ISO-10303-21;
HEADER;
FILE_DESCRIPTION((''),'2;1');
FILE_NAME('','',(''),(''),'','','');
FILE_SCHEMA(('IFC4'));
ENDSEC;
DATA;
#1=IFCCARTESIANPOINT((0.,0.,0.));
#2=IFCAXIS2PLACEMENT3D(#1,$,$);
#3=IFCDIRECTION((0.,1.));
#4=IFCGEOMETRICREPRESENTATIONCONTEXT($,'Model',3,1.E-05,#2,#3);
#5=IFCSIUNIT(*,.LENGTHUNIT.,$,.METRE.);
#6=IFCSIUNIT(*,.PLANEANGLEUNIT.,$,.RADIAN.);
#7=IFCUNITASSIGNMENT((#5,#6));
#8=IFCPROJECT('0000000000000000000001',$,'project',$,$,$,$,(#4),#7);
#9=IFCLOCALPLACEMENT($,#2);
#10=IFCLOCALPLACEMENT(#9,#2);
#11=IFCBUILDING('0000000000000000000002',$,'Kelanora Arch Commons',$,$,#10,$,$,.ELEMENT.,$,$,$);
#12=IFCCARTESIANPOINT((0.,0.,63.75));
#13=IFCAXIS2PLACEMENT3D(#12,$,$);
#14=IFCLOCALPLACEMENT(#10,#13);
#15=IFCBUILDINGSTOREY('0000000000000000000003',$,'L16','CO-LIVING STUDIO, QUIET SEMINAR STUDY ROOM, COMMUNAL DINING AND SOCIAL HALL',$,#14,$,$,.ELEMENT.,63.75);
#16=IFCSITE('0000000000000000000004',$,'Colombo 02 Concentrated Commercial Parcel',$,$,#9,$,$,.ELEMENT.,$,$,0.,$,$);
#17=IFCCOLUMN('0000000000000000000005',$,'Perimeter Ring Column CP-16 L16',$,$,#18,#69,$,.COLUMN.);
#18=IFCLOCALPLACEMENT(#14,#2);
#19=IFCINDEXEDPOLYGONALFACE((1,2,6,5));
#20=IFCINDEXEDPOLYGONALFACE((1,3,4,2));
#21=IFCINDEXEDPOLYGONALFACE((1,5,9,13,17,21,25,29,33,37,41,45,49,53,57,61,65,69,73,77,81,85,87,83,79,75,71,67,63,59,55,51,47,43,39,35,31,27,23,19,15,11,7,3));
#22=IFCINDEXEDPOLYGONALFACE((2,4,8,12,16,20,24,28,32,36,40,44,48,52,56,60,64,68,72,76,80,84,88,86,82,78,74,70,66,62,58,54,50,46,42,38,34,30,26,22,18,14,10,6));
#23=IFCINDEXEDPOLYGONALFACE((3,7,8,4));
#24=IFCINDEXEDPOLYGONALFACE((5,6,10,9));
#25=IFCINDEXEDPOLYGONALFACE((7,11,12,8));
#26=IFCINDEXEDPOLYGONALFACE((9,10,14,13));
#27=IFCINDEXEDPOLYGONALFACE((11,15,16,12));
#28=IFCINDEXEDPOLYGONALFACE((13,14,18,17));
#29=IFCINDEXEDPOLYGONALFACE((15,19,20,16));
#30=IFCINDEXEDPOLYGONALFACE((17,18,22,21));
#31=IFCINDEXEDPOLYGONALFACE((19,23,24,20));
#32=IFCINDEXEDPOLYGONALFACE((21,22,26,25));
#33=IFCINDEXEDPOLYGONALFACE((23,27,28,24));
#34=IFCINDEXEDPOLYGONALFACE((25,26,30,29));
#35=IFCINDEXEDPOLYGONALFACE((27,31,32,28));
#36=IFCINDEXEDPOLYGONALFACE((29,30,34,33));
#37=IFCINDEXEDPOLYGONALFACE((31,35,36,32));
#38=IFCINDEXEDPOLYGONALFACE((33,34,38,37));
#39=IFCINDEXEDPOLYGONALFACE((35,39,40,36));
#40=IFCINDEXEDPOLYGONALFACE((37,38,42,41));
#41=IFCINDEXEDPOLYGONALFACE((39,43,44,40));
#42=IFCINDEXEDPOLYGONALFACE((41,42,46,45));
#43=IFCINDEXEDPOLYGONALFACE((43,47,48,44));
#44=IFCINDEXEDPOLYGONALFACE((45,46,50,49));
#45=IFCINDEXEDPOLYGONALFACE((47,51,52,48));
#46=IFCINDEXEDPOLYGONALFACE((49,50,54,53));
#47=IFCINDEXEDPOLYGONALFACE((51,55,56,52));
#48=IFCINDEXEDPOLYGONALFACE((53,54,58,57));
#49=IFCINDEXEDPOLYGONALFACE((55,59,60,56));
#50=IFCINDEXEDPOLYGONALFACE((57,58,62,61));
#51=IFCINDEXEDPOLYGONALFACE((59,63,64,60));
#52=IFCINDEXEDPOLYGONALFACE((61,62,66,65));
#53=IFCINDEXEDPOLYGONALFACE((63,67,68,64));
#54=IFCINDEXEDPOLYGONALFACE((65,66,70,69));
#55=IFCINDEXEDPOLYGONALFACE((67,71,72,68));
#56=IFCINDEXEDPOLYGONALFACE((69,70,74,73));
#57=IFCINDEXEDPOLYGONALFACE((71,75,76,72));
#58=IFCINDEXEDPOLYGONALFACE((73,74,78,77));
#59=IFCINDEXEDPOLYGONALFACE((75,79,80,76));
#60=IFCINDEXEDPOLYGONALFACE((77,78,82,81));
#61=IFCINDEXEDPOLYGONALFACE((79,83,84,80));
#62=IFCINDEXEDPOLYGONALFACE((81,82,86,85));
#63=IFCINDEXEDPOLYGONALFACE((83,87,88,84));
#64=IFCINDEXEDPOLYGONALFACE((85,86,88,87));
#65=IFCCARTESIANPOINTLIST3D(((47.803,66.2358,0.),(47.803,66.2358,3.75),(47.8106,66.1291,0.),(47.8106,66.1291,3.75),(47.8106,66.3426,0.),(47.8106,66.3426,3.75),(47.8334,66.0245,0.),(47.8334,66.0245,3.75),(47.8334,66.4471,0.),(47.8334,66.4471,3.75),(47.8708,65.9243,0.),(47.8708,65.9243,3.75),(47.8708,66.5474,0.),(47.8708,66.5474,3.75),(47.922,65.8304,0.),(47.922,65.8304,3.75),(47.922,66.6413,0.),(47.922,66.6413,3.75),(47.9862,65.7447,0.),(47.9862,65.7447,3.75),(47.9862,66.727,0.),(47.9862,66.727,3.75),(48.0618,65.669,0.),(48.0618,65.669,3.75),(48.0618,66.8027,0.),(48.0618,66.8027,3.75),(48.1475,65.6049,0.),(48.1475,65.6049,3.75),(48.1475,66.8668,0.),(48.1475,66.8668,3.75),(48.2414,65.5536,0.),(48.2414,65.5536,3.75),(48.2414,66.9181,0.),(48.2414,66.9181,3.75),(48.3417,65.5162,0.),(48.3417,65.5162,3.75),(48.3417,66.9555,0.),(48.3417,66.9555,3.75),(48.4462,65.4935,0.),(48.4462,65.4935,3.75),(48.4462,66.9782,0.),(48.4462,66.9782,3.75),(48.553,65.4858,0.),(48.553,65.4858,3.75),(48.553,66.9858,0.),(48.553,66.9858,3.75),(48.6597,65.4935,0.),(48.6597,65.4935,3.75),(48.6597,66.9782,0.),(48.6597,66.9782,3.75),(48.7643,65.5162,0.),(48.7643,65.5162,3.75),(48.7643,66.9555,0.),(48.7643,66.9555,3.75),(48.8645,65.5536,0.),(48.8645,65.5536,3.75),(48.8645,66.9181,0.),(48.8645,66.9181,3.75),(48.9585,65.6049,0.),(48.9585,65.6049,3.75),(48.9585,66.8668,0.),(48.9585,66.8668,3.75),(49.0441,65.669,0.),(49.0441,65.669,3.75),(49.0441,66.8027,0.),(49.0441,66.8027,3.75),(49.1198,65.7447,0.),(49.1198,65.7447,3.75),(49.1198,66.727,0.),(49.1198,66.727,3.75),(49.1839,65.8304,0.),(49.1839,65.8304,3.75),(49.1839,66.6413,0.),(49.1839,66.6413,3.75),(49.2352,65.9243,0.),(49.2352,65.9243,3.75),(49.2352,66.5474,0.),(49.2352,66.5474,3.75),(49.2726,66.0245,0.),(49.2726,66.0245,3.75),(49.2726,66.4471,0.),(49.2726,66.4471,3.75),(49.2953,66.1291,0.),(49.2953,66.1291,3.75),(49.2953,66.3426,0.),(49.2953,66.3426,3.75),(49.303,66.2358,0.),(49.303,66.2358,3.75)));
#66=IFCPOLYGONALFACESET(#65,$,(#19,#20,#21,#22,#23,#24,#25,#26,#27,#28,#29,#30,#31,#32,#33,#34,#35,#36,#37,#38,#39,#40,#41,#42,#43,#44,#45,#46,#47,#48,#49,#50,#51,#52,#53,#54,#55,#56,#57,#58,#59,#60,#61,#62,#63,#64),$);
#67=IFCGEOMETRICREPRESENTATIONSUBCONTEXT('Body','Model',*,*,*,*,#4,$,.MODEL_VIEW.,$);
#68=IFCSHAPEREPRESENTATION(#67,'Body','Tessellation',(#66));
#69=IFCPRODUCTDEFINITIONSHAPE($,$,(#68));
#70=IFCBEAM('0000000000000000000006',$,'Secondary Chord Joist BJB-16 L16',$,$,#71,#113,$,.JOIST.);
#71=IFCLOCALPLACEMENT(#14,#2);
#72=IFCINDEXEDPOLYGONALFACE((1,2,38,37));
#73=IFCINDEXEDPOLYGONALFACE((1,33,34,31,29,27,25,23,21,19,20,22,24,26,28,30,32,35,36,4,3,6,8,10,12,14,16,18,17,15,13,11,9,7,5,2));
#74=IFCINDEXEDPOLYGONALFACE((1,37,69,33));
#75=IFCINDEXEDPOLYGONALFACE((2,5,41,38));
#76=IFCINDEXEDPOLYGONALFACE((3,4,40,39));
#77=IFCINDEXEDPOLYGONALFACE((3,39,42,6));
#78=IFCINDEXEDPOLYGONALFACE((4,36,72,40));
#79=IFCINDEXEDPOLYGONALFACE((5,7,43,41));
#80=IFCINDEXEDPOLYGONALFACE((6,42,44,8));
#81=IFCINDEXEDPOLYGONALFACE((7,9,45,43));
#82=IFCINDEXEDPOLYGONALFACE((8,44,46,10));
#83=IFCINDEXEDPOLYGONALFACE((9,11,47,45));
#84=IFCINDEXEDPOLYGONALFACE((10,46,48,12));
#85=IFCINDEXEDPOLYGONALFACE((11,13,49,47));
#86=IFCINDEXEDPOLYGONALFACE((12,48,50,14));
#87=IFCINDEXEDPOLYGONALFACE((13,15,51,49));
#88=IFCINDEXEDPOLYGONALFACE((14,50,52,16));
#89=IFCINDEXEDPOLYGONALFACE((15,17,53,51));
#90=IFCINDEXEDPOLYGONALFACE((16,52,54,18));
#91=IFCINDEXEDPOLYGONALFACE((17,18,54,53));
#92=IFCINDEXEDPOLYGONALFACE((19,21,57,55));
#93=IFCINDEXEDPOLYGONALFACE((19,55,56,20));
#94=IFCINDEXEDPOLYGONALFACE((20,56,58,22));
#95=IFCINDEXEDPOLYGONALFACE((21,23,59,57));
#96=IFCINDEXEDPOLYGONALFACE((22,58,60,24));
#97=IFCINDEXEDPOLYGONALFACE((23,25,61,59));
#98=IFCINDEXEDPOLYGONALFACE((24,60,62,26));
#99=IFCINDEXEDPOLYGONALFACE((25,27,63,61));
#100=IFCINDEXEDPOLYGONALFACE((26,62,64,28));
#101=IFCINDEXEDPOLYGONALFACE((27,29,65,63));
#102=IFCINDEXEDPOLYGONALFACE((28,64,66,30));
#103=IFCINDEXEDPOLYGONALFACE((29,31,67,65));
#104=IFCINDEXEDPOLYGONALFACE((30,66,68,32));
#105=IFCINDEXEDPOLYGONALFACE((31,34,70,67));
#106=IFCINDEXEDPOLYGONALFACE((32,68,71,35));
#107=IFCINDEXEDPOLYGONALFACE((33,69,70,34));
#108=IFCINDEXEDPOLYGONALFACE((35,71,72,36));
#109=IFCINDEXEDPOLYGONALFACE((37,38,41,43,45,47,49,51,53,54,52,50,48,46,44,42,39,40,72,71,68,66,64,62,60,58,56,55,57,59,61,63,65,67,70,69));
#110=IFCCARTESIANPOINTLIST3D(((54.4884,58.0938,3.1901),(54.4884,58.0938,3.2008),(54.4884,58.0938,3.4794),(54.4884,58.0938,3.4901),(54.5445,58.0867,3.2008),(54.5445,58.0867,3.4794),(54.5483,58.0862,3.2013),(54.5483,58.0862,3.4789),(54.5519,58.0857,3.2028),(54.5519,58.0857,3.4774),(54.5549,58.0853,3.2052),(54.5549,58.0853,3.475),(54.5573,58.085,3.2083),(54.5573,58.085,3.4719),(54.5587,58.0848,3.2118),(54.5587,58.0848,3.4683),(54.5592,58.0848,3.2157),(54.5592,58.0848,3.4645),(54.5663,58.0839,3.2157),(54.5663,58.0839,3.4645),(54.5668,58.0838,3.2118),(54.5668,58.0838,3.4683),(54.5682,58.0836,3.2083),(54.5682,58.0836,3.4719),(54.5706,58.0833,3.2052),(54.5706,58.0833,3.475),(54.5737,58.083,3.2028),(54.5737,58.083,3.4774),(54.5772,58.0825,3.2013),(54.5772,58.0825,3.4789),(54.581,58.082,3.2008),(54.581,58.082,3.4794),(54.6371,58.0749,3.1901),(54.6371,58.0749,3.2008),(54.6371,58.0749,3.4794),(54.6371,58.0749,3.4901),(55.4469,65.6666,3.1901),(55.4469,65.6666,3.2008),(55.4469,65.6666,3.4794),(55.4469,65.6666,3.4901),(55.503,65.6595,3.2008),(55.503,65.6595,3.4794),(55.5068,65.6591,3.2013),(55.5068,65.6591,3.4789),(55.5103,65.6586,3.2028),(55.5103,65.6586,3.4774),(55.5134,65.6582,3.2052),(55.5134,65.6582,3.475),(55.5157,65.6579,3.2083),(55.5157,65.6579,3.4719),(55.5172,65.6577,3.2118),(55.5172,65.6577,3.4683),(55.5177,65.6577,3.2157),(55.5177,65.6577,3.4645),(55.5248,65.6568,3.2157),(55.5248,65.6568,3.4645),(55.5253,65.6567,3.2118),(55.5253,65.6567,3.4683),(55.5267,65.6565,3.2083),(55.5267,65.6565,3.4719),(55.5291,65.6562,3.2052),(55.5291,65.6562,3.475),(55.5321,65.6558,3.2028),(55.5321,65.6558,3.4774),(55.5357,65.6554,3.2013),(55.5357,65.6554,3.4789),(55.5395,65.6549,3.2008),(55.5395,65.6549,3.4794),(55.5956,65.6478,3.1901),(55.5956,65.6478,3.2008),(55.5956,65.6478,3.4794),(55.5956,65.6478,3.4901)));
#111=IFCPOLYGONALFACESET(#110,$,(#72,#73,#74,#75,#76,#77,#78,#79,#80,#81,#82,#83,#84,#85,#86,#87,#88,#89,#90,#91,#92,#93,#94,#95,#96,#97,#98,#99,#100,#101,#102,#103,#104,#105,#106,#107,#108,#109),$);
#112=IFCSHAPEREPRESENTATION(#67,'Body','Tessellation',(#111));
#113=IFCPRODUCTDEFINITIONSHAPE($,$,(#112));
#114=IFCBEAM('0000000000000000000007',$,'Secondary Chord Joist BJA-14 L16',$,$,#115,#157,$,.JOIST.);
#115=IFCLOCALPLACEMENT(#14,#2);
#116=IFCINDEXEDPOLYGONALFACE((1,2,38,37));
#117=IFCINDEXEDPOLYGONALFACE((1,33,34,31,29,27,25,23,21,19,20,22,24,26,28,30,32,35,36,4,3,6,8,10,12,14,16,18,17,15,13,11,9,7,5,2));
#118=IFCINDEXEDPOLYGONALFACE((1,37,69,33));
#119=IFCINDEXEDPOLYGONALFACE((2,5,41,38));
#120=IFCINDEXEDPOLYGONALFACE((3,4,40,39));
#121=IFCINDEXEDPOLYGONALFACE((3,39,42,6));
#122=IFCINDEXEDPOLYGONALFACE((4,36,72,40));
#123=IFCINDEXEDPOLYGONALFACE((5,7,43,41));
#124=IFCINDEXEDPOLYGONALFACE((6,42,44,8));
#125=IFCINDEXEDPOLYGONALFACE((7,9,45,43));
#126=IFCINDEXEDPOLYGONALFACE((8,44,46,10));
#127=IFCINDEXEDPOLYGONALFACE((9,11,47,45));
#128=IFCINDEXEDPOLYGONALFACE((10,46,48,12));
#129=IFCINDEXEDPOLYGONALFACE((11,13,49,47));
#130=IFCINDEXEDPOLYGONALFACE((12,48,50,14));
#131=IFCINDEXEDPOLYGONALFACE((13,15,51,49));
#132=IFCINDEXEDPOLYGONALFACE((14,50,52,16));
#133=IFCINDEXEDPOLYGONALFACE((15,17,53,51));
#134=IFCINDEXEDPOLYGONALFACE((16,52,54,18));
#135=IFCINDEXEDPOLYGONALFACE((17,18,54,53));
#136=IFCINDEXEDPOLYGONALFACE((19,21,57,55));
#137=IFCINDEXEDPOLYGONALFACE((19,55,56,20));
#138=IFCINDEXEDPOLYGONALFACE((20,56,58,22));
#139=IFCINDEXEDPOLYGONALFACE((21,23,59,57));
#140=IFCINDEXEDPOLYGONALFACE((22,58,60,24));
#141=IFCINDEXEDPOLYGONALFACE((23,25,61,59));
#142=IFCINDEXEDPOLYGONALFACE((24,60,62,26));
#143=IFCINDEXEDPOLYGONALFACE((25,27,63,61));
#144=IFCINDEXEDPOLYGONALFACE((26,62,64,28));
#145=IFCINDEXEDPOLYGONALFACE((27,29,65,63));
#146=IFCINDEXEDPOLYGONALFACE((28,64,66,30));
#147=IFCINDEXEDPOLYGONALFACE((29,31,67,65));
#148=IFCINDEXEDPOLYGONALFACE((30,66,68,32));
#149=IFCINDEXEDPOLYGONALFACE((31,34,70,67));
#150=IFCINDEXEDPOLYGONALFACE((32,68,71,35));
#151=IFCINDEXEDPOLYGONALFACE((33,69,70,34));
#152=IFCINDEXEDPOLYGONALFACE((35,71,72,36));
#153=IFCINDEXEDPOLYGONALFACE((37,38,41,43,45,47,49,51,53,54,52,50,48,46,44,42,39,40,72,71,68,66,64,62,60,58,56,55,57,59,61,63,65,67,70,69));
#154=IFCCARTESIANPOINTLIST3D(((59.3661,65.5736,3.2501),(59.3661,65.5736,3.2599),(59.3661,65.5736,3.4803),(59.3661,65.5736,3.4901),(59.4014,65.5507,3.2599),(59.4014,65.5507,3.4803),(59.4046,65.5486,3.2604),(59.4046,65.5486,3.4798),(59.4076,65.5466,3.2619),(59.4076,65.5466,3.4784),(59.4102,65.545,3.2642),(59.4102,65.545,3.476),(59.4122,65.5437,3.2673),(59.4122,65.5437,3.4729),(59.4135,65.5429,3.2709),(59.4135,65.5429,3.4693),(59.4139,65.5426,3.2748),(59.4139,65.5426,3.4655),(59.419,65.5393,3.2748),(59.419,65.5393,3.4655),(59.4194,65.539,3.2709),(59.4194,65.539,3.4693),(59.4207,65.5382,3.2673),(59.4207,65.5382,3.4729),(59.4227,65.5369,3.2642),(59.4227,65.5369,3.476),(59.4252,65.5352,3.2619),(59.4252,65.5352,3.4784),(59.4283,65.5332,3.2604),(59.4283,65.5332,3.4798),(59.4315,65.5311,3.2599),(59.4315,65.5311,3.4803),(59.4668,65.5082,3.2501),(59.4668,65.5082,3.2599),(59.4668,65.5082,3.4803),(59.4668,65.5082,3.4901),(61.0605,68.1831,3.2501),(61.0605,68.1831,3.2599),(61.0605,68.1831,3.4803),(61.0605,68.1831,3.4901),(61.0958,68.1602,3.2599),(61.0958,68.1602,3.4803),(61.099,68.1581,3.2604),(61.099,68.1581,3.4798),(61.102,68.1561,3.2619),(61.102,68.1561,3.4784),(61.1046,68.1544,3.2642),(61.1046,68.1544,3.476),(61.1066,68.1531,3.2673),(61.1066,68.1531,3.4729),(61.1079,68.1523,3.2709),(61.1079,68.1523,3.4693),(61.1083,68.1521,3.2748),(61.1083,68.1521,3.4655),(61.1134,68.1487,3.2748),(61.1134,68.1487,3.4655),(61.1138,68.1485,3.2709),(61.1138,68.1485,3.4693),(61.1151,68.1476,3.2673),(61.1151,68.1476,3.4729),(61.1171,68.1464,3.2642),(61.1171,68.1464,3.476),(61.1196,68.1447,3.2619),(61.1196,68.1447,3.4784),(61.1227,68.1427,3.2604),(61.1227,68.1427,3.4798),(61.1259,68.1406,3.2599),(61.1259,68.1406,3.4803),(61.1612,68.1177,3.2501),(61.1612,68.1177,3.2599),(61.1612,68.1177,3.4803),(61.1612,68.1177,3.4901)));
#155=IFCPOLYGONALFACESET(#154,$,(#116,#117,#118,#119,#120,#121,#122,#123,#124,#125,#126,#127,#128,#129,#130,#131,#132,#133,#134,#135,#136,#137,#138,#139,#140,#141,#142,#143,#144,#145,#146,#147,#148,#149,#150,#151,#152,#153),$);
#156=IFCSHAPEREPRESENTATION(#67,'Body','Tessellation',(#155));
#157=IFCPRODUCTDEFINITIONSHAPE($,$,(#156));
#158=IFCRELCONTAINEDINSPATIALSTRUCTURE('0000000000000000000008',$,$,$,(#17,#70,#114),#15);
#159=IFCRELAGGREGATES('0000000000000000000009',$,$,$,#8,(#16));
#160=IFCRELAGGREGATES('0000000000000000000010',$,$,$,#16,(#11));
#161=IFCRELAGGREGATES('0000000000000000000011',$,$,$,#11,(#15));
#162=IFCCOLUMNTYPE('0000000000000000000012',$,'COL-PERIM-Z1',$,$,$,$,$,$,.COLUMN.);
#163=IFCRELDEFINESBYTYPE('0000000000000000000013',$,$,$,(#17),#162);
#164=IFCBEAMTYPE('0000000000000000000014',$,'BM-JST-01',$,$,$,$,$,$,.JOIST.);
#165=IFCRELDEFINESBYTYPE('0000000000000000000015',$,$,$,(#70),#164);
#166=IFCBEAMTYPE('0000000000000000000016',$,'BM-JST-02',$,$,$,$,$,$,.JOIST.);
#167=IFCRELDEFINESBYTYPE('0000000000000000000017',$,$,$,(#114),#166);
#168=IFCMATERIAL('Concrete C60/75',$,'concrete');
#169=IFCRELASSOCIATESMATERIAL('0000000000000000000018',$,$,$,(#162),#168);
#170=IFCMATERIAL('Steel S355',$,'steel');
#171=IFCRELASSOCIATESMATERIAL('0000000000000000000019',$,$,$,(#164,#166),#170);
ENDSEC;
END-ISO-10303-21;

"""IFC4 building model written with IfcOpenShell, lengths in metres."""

from ifc_helpers import new_model, si_unit, direction, frame, origin, origin_2d, place, context, subcontext, project, spatial, circle, i_section, extrude, material, material_profile, profile_set, type_object, element, save


model = new_model("IFC4")

# Units and contexts
model_context = context("Model", 3, precision=1e-05, world=origin(), true_north=direction((0.0, 1.0)))
body_context = subcontext(model_context, "Body", "Model", "MODEL_VIEW")
ifc_project = project(units=[si_unit("LENGTHUNIT", "METRE"), si_unit("PLANEANGLEUNIT", "RADIAN")], contexts=[model_context])

# Site, building, storey
site_placement = place(None, origin())
site = spatial("IfcSite", under=ifc_project, at=site_placement, Name="Colombo 02 Concentrated Commercial Parcel", CompositionType="ELEMENT", RefElevation=0.0)
building_placement = place(site_placement, origin())
building = spatial("IfcBuilding", under=site, at=building_placement, Name="Kelanora Arch Commons", CompositionType="ELEMENT")
storey_placement = place(building_placement, frame((0.0, 0.0, 63.75)))
storey = spatial("IfcBuildingStorey", under=building, at=storey_placement, Name="L16", Description="CO-LIVING STUDIO, QUIET SEMINAR STUDY ROOM, COMMUNAL DINING AND SOCIAL HALL", CompositionType="ELEMENT", Elevation=63.75)

# Column
ifc_material_1 = material(Name="Concrete C60/75", Category="concrete")
ifc_material_profile_1 = material_profile(ifc_material_1, circle(Radius=0.75, at=origin_2d()), Name="RCC1500")
ifc_profile_set_1 = profile_set([ifc_material_profile_1], Name="Concrete C60/75")
column_type = type_object("IfcColumnType", Name="COL-PERIM-Z1", PredefinedType="COLUMN", material=ifc_profile_set_1)
column_placement = place(storey_placement, frame((48.553, 66.2358, 0.0), z_axis=(0.0, 0.0, 1.0), x_axis=(1.0, 0.0, 0.0)))
element("IfcColumn", 1, at=column_placement, inside=storey, type_object=column_type, Name="Perimeter Ring Column CP-16 L16", PredefinedType="COLUMN", context=body_context, shape_type="SweptSolid", body=[
    extrude(circle(Radius=0.75, at=origin_2d()), origin(), (0.0, 0.0, 1.0), 3.75),
])

# Beams
ifc_material_2 = material(Name="Steel S355", Category="steel")
ifc_material_profile_2 = material_profile(ifc_material_2, i_section(OverallWidth=0.1499, OverallDepth=0.3, WebThickness=0.0071, FlangeThickness=0.0107, FilletRadius=0.0149, at=origin_2d()), Name="IPE300")
ifc_profile_set_2 = profile_set([ifc_material_profile_2], Name="Steel S355")
beam_type_1 = type_object("IfcBeamType", Name="BM-JST-01", PredefinedType="JOIST", material=ifc_profile_set_2)
beam_1_placement = place(storey_placement, frame((55.5212, 65.6572, 3.3401), z_axis=(-0.125566, -0.992085, 0.0), x_axis=(0.992085, -0.125566, 0.0)))
element("IfcBeam", 2, at=beam_1_placement, inside=storey, type_object=beam_type_1, Name="Secondary Chord Joist BJB-16 L16", PredefinedType="JOIST", context=body_context, shape_type="SweptSolid", body=[
    extrude(i_section(OverallWidth=0.1499, OverallDepth=0.3, WebThickness=0.0071, FlangeThickness=0.0107, FilletRadius=0.0149, at=origin_2d()), origin(), (0.0, 0.0, 1.0), 7.6333),
])
ifc_material_profile_3 = material_profile(ifc_material_2, i_section(OverallWidth=0.1201, OverallDepth=0.24, WebThickness=0.0061, FlangeThickness=0.0098, FilletRadius=0.0149, at=origin_2d()), Name="IPE240")
ifc_profile_set_3 = profile_set([ifc_material_profile_3], Name="Steel S355")
beam_type_2 = type_object("IfcBeamType", Name="BM-JST-02", PredefinedType="JOIST", material=ifc_profile_set_3)
beam_2_placement = place(storey_placement, frame((61.1108, 68.1504, 3.3701), z_axis=(-0.544591, -0.838702, 0.0), x_axis=(0.838702, -0.544591, 0.0)))
element("IfcBeam", 3, at=beam_2_placement, inside=storey, type_object=beam_type_2, Name="Secondary Chord Joist BJA-14 L16", PredefinedType="JOIST", context=body_context, shape_type="SweptSolid", body=[
    extrude(i_section(OverallWidth=0.1201, OverallDepth=0.24, WebThickness=0.0061, FlangeThickness=0.0098, FilletRadius=0.0149, at=origin_2d()), origin(), (0.0, 0.0, 1.0), 3.1113),
])

save(model, "model.ifc")
